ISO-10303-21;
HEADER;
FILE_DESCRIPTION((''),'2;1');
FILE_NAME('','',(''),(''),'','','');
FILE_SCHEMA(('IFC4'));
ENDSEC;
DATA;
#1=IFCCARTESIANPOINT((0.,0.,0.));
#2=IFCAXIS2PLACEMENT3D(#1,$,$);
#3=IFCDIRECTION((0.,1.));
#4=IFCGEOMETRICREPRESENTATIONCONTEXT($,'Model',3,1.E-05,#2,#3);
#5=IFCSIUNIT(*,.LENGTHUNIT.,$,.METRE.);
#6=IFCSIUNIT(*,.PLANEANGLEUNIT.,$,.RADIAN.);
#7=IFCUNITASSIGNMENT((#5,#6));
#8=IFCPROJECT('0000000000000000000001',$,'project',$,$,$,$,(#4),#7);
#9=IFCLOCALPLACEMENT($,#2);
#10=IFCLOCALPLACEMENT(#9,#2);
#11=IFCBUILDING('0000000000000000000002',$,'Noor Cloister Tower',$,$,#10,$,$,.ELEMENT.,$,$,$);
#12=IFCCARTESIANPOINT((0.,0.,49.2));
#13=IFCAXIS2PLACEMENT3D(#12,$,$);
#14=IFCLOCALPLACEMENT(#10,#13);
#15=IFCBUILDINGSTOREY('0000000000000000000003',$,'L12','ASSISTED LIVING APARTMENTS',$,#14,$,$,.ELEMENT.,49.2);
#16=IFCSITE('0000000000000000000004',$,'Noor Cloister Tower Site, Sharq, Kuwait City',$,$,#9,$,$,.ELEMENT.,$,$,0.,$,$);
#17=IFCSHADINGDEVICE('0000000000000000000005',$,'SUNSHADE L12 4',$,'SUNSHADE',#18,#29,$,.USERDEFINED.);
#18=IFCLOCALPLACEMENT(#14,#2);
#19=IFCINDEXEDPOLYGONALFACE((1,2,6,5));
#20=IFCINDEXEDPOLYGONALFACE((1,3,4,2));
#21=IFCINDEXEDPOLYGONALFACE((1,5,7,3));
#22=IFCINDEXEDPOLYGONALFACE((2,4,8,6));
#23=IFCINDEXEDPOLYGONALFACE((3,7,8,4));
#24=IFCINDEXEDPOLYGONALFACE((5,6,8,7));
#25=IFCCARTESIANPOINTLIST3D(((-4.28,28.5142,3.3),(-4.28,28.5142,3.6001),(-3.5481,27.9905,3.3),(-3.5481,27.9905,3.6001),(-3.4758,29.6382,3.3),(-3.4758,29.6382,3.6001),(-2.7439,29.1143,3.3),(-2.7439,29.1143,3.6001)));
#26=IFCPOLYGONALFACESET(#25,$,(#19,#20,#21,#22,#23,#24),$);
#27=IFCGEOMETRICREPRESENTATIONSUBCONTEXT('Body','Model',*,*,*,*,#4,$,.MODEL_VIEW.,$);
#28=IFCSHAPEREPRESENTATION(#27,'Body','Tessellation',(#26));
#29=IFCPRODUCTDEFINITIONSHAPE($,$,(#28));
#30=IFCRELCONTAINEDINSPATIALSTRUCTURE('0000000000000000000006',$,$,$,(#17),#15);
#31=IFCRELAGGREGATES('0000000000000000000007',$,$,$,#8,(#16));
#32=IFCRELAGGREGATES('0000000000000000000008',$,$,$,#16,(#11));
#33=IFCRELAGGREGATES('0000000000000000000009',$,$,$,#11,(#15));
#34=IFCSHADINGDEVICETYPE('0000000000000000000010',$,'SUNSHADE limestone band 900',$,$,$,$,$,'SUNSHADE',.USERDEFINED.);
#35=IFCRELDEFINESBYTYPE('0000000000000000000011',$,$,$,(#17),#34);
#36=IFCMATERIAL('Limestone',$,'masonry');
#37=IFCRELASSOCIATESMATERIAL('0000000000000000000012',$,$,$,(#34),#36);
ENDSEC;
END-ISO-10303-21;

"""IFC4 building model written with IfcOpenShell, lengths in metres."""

from ifc_helpers import new_model, si_unit, direction, frame, origin, place, context, subcontext, project, spatial, polyline, outline, extrude, material, type_object, element, save


model = new_model("IFC4")

# Units and contexts
model_context = context("Model", 3, precision=1e-05, world=origin(), true_north=direction((0.0, 1.0)))
body_context = subcontext(model_context, "Body", "Model", "MODEL_VIEW")
ifc_project = project(units=[si_unit("LENGTHUNIT", "METRE"), si_unit("PLANEANGLEUNIT", "RADIAN")], contexts=[model_context])

# Site, building, storey
site_placement = place(None, origin())
site = spatial("IfcSite", under=ifc_project, at=site_placement, Name="Noor Cloister Tower Site, Sharq, Kuwait City", CompositionType="ELEMENT", RefElevation=0.0)
building_placement = place(site_placement, origin())
building = spatial("IfcBuilding", under=site, at=building_placement, Name="Noor Cloister Tower", CompositionType="ELEMENT")
storey_placement = place(building_placement, frame((0.0, 0.0, 49.2)))
storey = spatial("IfcBuildingStorey", under=building, at=storey_placement, Name="L12", Description="ASSISTED LIVING APARTMENTS", CompositionType="ELEMENT", Elevation=49.2)

# Shading device
ifc_material_1 = material(Name="Limestone", Category="masonry")
shading_device_type = type_object("IfcShadingDeviceType", Name="SUNSHADE limestone band 900", ElementType="SUNSHADE", PredefinedType="USERDEFINED", material=ifc_material_1)
shading_device_1_placement = place(storey_placement, frame((0.0, 0.0, 3.3)))
element("IfcShadingDevice", 1, at=shading_device_1_placement, inside=storey, type_object=shading_device_type, Name="SUNSHADE L12 4", ObjectType="SUNSHADE", PredefinedType="USERDEFINED", context=body_context, shape_type="SweptSolid", body=[
    extrude(outline(polyline([(-3.4758, 29.6382), (-4.28, 28.5142), (-3.5481, 27.9905), (-2.7439, 29.1143), (-3.4758, 29.6382)])), origin(), (0.0, 0.0, 1.0), 0.3),
])

save(model, "model.ifc")
